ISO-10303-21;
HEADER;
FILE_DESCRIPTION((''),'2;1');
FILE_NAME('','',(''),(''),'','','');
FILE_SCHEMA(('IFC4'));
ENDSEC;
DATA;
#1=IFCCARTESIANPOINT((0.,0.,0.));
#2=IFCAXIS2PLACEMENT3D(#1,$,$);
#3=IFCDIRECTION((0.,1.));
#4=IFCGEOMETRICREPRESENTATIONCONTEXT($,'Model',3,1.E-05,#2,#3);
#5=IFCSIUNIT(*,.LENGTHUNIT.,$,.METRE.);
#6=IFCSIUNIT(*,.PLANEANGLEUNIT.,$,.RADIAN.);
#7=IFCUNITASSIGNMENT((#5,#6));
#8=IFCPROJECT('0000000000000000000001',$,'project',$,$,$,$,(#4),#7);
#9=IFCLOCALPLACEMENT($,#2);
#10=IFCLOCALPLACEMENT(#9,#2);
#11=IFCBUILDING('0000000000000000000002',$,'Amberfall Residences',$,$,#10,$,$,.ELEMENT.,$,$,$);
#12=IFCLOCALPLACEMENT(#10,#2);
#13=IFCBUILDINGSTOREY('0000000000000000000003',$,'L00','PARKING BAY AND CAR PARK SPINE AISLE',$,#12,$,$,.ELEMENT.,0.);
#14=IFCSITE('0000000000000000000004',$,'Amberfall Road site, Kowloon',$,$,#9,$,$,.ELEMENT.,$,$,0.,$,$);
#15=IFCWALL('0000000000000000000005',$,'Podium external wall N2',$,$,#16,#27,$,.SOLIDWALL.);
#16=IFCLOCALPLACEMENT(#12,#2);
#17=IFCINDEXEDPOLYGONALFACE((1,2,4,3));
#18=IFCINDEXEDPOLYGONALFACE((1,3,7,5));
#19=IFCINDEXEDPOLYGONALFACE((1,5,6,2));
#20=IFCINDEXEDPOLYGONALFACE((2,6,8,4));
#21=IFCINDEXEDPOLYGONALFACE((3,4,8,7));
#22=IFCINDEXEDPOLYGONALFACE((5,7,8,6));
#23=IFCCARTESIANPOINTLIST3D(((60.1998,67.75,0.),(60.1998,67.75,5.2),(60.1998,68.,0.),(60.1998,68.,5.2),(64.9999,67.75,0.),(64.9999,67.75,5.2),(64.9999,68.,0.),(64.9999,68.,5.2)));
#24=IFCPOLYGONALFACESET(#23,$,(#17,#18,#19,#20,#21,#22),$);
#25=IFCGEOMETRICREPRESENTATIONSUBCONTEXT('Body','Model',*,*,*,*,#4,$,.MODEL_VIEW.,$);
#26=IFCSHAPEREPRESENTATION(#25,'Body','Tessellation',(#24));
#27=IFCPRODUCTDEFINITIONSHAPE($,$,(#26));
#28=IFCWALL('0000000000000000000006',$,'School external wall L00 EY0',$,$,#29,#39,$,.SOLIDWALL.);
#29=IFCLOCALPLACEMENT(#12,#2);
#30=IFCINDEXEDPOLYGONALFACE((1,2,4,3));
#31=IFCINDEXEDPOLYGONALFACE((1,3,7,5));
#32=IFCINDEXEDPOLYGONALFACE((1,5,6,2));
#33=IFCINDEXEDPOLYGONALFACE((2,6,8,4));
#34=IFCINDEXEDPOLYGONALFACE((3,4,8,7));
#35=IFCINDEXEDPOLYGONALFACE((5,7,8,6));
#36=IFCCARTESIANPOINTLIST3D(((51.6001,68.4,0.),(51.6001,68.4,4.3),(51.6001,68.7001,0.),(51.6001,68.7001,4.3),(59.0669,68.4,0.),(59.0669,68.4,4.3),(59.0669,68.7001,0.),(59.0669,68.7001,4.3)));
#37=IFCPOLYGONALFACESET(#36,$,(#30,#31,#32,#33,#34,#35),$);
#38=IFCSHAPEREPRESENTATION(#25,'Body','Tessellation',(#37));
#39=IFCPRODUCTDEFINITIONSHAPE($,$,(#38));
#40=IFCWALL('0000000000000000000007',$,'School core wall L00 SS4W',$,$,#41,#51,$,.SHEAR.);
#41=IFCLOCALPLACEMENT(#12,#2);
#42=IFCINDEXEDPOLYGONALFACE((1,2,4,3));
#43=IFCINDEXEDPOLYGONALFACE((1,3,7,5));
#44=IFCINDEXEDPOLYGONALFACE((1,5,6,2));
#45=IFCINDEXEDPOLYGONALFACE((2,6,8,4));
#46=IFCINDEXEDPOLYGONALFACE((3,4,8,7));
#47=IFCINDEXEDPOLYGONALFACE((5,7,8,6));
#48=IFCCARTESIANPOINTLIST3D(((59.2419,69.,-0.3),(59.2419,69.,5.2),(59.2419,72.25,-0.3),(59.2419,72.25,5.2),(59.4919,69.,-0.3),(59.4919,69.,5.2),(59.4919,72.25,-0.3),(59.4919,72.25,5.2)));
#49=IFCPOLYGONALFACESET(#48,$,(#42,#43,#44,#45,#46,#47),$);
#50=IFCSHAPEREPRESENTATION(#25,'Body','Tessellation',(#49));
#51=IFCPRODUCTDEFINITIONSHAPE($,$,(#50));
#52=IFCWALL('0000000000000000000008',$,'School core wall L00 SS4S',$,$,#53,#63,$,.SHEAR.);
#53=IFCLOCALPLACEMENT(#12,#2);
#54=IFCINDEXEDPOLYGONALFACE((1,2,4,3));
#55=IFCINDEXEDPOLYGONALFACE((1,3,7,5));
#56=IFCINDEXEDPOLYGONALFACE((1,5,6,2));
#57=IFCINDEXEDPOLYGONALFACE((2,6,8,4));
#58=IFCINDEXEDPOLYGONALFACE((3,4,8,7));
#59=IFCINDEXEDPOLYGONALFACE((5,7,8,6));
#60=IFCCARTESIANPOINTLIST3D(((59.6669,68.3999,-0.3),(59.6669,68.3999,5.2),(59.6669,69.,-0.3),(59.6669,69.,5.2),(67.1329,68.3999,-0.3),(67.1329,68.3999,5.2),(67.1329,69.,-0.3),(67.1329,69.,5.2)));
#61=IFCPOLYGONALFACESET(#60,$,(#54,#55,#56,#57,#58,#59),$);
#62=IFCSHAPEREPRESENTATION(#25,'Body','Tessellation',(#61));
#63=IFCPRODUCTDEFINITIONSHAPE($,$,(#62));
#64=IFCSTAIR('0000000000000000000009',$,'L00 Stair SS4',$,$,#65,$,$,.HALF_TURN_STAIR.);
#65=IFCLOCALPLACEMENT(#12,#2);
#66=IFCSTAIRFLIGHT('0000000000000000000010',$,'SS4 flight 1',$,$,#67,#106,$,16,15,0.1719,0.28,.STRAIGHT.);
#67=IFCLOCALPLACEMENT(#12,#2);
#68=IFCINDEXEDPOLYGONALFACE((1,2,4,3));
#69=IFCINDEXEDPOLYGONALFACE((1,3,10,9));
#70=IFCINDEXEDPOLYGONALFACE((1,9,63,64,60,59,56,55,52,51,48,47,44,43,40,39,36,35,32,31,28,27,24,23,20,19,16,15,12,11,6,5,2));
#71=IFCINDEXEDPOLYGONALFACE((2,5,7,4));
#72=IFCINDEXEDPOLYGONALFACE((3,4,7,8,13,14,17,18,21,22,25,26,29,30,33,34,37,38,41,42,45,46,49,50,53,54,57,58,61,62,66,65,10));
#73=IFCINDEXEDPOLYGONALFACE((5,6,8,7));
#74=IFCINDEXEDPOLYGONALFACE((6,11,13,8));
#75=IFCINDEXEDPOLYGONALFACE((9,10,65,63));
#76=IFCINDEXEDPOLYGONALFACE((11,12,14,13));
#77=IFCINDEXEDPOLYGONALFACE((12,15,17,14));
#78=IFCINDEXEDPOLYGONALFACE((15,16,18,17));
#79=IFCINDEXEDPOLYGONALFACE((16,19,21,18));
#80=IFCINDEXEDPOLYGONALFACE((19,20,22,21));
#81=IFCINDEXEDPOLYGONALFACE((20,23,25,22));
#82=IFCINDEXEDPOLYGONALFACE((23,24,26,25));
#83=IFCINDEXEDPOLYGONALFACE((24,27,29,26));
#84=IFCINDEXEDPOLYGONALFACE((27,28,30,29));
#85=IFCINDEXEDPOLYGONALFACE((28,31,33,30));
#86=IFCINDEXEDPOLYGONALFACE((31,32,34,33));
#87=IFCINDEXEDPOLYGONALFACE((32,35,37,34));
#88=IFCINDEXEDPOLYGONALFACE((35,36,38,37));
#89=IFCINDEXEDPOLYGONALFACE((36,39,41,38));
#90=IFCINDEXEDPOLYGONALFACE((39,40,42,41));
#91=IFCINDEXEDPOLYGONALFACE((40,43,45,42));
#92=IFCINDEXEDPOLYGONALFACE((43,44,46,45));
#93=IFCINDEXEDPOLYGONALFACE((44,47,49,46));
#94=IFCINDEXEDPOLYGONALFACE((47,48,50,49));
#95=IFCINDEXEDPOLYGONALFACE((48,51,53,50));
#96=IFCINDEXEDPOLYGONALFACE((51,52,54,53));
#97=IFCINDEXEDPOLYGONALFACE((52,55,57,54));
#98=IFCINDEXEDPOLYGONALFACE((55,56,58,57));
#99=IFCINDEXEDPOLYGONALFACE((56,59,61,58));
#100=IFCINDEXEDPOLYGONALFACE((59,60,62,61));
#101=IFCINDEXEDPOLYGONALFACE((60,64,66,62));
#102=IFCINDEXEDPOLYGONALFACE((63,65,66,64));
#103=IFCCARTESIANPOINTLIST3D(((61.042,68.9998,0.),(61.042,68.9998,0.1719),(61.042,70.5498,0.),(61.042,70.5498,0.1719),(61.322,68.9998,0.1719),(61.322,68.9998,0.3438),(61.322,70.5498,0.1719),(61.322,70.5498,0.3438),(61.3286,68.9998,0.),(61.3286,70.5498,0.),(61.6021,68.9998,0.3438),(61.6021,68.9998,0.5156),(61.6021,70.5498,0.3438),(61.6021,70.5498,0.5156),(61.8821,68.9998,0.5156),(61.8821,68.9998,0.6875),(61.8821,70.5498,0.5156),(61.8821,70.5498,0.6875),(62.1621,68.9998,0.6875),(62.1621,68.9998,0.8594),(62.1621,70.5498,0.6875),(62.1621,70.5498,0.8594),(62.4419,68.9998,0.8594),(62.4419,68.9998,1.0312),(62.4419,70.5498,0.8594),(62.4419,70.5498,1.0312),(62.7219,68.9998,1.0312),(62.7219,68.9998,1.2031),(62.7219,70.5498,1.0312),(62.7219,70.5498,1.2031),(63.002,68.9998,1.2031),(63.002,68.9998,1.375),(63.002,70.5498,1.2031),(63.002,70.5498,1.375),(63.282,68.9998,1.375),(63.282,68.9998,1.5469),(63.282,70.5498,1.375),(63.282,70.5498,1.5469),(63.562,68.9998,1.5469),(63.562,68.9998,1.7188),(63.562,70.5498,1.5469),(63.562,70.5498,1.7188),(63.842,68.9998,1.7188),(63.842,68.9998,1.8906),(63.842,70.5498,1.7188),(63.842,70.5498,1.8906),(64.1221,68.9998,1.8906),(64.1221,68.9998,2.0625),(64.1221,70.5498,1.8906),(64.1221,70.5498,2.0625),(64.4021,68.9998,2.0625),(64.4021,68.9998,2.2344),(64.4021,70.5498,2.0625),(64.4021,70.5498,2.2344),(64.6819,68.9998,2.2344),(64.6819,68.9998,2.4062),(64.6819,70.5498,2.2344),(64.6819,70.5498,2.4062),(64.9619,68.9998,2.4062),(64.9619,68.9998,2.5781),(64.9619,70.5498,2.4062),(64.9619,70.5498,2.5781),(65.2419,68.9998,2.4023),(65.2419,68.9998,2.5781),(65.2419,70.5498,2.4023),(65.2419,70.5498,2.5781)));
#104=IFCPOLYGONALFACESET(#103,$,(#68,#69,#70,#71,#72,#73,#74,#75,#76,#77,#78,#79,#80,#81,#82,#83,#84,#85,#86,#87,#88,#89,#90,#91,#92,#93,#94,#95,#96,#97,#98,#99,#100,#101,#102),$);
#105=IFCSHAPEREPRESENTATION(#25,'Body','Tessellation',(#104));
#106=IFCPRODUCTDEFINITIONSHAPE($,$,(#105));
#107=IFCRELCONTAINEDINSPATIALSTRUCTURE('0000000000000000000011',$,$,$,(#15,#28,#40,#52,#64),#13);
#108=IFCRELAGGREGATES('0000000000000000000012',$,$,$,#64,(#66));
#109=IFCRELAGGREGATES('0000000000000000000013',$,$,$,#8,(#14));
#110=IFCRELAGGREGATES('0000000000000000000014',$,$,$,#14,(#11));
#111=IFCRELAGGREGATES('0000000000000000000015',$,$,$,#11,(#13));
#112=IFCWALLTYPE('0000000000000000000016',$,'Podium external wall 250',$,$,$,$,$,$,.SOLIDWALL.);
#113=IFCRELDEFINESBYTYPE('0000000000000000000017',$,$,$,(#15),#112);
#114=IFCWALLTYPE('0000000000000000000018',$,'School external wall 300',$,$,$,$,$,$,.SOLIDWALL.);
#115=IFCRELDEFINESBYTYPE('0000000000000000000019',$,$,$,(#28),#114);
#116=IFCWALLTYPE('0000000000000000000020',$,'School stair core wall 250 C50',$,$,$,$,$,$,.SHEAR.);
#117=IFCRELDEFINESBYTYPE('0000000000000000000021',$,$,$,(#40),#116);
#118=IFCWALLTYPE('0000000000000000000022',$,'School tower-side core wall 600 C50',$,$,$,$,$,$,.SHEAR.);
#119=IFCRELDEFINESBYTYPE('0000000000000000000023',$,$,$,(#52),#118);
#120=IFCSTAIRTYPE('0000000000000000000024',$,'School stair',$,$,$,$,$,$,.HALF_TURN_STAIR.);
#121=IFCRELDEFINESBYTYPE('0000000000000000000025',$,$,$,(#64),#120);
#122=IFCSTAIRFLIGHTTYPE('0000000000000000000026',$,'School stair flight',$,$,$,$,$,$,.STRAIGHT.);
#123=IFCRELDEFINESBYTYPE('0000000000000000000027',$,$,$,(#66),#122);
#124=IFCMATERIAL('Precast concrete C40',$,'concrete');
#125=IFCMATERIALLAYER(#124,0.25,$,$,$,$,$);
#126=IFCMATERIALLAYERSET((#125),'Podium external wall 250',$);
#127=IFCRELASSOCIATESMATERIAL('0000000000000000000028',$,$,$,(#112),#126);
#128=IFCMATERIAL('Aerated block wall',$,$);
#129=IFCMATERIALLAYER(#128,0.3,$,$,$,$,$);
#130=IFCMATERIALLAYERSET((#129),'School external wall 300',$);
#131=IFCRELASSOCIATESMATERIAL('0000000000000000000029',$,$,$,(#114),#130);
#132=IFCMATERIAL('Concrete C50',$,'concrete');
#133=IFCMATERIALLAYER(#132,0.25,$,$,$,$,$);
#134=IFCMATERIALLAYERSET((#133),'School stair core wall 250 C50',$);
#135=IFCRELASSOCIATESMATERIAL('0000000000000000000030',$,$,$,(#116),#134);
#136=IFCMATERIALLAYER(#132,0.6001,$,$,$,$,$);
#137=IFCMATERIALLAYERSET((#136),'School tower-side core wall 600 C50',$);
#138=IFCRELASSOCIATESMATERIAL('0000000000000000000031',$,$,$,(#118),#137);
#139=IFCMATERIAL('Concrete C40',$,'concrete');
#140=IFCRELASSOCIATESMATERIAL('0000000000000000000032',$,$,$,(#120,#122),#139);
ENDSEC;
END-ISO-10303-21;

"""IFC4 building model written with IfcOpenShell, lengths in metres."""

from ifc_helpers import new_model, si_unit, direction, frame, frame_2d, origin, place, context, subcontext, project, spatial, polyline, rectangle, outline, extrude, material, layer, layer_set, type_object, element, aggregate, save


model = new_model("IFC4")

# Units and contexts
model_context = context("Model", 3, precision=1e-05, world=origin(), true_north=direction((0.0, 1.0)))
body_context = subcontext(model_context, "Body", "Model", "MODEL_VIEW")
ifc_project = project(units=[si_unit("LENGTHUNIT", "METRE"), si_unit("PLANEANGLEUNIT", "RADIAN")], contexts=[model_context])

# Site, building, storey
site_placement = place(None, origin())
site = spatial("IfcSite", under=ifc_project, at=site_placement, Name="Amberfall Road site, Kowloon", CompositionType="ELEMENT", RefElevation=0.0)
building_placement = place(site_placement, origin())
building = spatial("IfcBuilding", under=site, at=building_placement, Name="Amberfall Residences", CompositionType="ELEMENT")
storey_placement = place(building_placement, origin())
storey = spatial("IfcBuildingStorey", under=building, at=storey_placement, Name="L00", Description="PARKING BAY AND CAR PARK SPINE AISLE", CompositionType="ELEMENT", Elevation=0.0)

# Shared definitions
ifc_material_1 = material(Name="Concrete C50", Category="concrete")

# Walls
ifc_material_2 = material(Name="Precast concrete C40", Category="concrete")
ifc_layer_1 = layer(ifc_material_2, 0.25)
ifc_layer_set_1 = layer_set([ifc_layer_1], Name="Podium external wall 250")
wall_type_1 = type_object("IfcWallType", Name="Podium external wall 250", PredefinedType="SOLIDWALL", material=ifc_layer_set_1)
wall_1_placement = place(storey_placement, frame((60.2, 67.875, 0.0), z_axis=(0.0, 0.0, 1.0), x_axis=(1.0, 0.0, 0.0)))
element("IfcWall", 1, at=wall_1_placement, inside=storey, type_object=wall_type_1, Name="Podium external wall N2", PredefinedType="SOLIDWALL", context=body_context, shape_type="SweptSolid", body=[
    extrude(rectangle(XDim=4.8, YDim=0.25, at=frame_2d((2.3999, 0.0))), origin(), (0.0, 0.0, 1.0), 5.2),
])
ifc_material_3 = material(Name="Aerated block wall")
ifc_layer_2 = layer(ifc_material_3, 0.3)
ifc_layer_set_2 = layer_set([ifc_layer_2], Name="School external wall 300")
wall_type_2 = type_object("IfcWallType", Name="School external wall 300", PredefinedType="SOLIDWALL", material=ifc_layer_set_2)
wall_2_placement = place(storey_placement, frame((51.6001, 68.55, 0.0), z_axis=(0.0, 0.0, 1.0), x_axis=(1.0, 0.0, 0.0)))
element("IfcWall", 2, at=wall_2_placement, inside=storey, type_object=wall_type_2, Name="School external wall L00 EY0", PredefinedType="SOLIDWALL", context=body_context, shape_type="SweptSolid", body=[
    extrude(rectangle(XDim=7.4668, YDim=0.3, at=frame_2d((3.7334, 0.0))), origin(), (0.0, 0.0, 1.0), 4.3),
])
ifc_layer_3 = layer(ifc_material_1, 0.25)
ifc_layer_set_3 = layer_set([ifc_layer_3], Name="School stair core wall 250 C50")
wall_type_3 = type_object("IfcWallType", Name="School stair core wall 250 C50", PredefinedType="SHEAR", material=ifc_layer_set_3)
wall_3_placement = place(storey_placement, frame((59.3669, 69.0, -0.3), z_axis=(0.0, 0.0, 1.0), x_axis=(0.0, 1.0, 0.0)))
element("IfcWall", 3, at=wall_3_placement, inside=storey, type_object=wall_type_3, Name="School core wall L00 SS4W", PredefinedType="SHEAR", context=body_context, shape_type="SweptSolid", body=[
    extrude(rectangle(XDim=3.25, YDim=0.25, at=frame_2d((1.625, 0.0))), origin(), (0.0, 0.0, 1.0), 5.5),
])
ifc_layer_4 = layer(ifc_material_1, 0.6001)
ifc_layer_set_4 = layer_set([ifc_layer_4], Name="School tower-side core wall 600 C50")
wall_type_4 = type_object("IfcWallType", Name="School tower-side core wall 600 C50", PredefinedType="SHEAR", material=ifc_layer_set_4)
wall_4_placement = place(storey_placement, frame((59.667, 68.7, -0.3), z_axis=(0.0, 0.0, 1.0), x_axis=(1.0, 0.0, 0.0)))
element("IfcWall", 4, at=wall_4_placement, inside=storey, type_object=wall_type_4, Name="School core wall L00 SS4S", PredefinedType="SHEAR", context=body_context, shape_type="SweptSolid", body=[
    extrude(rectangle(XDim=7.4661, YDim=0.6001, at=frame_2d((3.7329, 0.0))), origin(), (0.0, 0.0, 1.0), 5.5),
])

# Stair, stair flight
ifc_material_4 = material(Name="Concrete C40", Category="concrete")
stair_type = type_object("IfcStairType", Name="School stair", PredefinedType="HALF_TURN_STAIR", material=ifc_material_4)
stair_placement = place(storey_placement, origin())
stair = element("IfcStair", 5, at=stair_placement, inside=storey, type_object=stair_type, Name="L00 Stair SS4", PredefinedType="HALF_TURN_STAIR")
stair_flight_type = type_object("IfcStairFlightType", Name="School stair flight", PredefinedType="STRAIGHT", material=ifc_material_4)
stair_flight_placement = place(storey_placement, frame((61.042, 69.7749, 0.0), z_axis=(0.0, 0.0, 1.0), x_axis=(1.0, 0.0, 0.0)))
stair_flight = element("IfcStairFlight", 6, at=stair_flight_placement, type_object=stair_flight_type, Name="SS4 flight 1", NumberOfRisers=16, NumberOfTreads=15, PredefinedType="STRAIGHT", RiserHeight=0.1719, TreadLength=0.28, context=body_context, shape_type="SweptSolid", body=[
    extrude(outline(polyline([(0.0, 0.0), (0.0, 0.1719), (0.28, 0.1719), (0.28, 0.3438), (0.5601, 0.3438), (0.5601, 0.5156), (0.8401, 0.5156), (0.8401, 0.6875), (1.1201, 0.6875), (1.1201, 0.8594), (1.3999, 0.8594), (1.3999, 1.0312), (1.6799, 1.0312), (1.6799, 1.2031), (1.96, 1.2031), (1.96, 1.375), (2.24, 1.375), (2.24, 1.5469), (2.52, 1.5469), (2.52, 1.7188), (2.8, 1.7188), (2.8, 1.8906), (3.0801, 1.8906), (3.0801, 2.0625), (3.3601, 2.0625), (3.3601, 2.2344), (3.6399, 2.2344), (3.6399, 2.4062), (3.9199, 2.4062), (3.9199, 2.5781), (4.2, 2.5781), (4.2, 2.75), (4.2, 2.4023), (0.2866, 0.0), (0.0, 0.0)])), frame((0.0, 0.7749, 0.0), z_axis=(0.0, -1.0, 0.0), x_axis=(1.0, 0.0, 0.0)), (0.0, 0.0, 1.0), 1.55),
])
aggregate(stair, [stair_flight])

save(model, "model.ifc")
